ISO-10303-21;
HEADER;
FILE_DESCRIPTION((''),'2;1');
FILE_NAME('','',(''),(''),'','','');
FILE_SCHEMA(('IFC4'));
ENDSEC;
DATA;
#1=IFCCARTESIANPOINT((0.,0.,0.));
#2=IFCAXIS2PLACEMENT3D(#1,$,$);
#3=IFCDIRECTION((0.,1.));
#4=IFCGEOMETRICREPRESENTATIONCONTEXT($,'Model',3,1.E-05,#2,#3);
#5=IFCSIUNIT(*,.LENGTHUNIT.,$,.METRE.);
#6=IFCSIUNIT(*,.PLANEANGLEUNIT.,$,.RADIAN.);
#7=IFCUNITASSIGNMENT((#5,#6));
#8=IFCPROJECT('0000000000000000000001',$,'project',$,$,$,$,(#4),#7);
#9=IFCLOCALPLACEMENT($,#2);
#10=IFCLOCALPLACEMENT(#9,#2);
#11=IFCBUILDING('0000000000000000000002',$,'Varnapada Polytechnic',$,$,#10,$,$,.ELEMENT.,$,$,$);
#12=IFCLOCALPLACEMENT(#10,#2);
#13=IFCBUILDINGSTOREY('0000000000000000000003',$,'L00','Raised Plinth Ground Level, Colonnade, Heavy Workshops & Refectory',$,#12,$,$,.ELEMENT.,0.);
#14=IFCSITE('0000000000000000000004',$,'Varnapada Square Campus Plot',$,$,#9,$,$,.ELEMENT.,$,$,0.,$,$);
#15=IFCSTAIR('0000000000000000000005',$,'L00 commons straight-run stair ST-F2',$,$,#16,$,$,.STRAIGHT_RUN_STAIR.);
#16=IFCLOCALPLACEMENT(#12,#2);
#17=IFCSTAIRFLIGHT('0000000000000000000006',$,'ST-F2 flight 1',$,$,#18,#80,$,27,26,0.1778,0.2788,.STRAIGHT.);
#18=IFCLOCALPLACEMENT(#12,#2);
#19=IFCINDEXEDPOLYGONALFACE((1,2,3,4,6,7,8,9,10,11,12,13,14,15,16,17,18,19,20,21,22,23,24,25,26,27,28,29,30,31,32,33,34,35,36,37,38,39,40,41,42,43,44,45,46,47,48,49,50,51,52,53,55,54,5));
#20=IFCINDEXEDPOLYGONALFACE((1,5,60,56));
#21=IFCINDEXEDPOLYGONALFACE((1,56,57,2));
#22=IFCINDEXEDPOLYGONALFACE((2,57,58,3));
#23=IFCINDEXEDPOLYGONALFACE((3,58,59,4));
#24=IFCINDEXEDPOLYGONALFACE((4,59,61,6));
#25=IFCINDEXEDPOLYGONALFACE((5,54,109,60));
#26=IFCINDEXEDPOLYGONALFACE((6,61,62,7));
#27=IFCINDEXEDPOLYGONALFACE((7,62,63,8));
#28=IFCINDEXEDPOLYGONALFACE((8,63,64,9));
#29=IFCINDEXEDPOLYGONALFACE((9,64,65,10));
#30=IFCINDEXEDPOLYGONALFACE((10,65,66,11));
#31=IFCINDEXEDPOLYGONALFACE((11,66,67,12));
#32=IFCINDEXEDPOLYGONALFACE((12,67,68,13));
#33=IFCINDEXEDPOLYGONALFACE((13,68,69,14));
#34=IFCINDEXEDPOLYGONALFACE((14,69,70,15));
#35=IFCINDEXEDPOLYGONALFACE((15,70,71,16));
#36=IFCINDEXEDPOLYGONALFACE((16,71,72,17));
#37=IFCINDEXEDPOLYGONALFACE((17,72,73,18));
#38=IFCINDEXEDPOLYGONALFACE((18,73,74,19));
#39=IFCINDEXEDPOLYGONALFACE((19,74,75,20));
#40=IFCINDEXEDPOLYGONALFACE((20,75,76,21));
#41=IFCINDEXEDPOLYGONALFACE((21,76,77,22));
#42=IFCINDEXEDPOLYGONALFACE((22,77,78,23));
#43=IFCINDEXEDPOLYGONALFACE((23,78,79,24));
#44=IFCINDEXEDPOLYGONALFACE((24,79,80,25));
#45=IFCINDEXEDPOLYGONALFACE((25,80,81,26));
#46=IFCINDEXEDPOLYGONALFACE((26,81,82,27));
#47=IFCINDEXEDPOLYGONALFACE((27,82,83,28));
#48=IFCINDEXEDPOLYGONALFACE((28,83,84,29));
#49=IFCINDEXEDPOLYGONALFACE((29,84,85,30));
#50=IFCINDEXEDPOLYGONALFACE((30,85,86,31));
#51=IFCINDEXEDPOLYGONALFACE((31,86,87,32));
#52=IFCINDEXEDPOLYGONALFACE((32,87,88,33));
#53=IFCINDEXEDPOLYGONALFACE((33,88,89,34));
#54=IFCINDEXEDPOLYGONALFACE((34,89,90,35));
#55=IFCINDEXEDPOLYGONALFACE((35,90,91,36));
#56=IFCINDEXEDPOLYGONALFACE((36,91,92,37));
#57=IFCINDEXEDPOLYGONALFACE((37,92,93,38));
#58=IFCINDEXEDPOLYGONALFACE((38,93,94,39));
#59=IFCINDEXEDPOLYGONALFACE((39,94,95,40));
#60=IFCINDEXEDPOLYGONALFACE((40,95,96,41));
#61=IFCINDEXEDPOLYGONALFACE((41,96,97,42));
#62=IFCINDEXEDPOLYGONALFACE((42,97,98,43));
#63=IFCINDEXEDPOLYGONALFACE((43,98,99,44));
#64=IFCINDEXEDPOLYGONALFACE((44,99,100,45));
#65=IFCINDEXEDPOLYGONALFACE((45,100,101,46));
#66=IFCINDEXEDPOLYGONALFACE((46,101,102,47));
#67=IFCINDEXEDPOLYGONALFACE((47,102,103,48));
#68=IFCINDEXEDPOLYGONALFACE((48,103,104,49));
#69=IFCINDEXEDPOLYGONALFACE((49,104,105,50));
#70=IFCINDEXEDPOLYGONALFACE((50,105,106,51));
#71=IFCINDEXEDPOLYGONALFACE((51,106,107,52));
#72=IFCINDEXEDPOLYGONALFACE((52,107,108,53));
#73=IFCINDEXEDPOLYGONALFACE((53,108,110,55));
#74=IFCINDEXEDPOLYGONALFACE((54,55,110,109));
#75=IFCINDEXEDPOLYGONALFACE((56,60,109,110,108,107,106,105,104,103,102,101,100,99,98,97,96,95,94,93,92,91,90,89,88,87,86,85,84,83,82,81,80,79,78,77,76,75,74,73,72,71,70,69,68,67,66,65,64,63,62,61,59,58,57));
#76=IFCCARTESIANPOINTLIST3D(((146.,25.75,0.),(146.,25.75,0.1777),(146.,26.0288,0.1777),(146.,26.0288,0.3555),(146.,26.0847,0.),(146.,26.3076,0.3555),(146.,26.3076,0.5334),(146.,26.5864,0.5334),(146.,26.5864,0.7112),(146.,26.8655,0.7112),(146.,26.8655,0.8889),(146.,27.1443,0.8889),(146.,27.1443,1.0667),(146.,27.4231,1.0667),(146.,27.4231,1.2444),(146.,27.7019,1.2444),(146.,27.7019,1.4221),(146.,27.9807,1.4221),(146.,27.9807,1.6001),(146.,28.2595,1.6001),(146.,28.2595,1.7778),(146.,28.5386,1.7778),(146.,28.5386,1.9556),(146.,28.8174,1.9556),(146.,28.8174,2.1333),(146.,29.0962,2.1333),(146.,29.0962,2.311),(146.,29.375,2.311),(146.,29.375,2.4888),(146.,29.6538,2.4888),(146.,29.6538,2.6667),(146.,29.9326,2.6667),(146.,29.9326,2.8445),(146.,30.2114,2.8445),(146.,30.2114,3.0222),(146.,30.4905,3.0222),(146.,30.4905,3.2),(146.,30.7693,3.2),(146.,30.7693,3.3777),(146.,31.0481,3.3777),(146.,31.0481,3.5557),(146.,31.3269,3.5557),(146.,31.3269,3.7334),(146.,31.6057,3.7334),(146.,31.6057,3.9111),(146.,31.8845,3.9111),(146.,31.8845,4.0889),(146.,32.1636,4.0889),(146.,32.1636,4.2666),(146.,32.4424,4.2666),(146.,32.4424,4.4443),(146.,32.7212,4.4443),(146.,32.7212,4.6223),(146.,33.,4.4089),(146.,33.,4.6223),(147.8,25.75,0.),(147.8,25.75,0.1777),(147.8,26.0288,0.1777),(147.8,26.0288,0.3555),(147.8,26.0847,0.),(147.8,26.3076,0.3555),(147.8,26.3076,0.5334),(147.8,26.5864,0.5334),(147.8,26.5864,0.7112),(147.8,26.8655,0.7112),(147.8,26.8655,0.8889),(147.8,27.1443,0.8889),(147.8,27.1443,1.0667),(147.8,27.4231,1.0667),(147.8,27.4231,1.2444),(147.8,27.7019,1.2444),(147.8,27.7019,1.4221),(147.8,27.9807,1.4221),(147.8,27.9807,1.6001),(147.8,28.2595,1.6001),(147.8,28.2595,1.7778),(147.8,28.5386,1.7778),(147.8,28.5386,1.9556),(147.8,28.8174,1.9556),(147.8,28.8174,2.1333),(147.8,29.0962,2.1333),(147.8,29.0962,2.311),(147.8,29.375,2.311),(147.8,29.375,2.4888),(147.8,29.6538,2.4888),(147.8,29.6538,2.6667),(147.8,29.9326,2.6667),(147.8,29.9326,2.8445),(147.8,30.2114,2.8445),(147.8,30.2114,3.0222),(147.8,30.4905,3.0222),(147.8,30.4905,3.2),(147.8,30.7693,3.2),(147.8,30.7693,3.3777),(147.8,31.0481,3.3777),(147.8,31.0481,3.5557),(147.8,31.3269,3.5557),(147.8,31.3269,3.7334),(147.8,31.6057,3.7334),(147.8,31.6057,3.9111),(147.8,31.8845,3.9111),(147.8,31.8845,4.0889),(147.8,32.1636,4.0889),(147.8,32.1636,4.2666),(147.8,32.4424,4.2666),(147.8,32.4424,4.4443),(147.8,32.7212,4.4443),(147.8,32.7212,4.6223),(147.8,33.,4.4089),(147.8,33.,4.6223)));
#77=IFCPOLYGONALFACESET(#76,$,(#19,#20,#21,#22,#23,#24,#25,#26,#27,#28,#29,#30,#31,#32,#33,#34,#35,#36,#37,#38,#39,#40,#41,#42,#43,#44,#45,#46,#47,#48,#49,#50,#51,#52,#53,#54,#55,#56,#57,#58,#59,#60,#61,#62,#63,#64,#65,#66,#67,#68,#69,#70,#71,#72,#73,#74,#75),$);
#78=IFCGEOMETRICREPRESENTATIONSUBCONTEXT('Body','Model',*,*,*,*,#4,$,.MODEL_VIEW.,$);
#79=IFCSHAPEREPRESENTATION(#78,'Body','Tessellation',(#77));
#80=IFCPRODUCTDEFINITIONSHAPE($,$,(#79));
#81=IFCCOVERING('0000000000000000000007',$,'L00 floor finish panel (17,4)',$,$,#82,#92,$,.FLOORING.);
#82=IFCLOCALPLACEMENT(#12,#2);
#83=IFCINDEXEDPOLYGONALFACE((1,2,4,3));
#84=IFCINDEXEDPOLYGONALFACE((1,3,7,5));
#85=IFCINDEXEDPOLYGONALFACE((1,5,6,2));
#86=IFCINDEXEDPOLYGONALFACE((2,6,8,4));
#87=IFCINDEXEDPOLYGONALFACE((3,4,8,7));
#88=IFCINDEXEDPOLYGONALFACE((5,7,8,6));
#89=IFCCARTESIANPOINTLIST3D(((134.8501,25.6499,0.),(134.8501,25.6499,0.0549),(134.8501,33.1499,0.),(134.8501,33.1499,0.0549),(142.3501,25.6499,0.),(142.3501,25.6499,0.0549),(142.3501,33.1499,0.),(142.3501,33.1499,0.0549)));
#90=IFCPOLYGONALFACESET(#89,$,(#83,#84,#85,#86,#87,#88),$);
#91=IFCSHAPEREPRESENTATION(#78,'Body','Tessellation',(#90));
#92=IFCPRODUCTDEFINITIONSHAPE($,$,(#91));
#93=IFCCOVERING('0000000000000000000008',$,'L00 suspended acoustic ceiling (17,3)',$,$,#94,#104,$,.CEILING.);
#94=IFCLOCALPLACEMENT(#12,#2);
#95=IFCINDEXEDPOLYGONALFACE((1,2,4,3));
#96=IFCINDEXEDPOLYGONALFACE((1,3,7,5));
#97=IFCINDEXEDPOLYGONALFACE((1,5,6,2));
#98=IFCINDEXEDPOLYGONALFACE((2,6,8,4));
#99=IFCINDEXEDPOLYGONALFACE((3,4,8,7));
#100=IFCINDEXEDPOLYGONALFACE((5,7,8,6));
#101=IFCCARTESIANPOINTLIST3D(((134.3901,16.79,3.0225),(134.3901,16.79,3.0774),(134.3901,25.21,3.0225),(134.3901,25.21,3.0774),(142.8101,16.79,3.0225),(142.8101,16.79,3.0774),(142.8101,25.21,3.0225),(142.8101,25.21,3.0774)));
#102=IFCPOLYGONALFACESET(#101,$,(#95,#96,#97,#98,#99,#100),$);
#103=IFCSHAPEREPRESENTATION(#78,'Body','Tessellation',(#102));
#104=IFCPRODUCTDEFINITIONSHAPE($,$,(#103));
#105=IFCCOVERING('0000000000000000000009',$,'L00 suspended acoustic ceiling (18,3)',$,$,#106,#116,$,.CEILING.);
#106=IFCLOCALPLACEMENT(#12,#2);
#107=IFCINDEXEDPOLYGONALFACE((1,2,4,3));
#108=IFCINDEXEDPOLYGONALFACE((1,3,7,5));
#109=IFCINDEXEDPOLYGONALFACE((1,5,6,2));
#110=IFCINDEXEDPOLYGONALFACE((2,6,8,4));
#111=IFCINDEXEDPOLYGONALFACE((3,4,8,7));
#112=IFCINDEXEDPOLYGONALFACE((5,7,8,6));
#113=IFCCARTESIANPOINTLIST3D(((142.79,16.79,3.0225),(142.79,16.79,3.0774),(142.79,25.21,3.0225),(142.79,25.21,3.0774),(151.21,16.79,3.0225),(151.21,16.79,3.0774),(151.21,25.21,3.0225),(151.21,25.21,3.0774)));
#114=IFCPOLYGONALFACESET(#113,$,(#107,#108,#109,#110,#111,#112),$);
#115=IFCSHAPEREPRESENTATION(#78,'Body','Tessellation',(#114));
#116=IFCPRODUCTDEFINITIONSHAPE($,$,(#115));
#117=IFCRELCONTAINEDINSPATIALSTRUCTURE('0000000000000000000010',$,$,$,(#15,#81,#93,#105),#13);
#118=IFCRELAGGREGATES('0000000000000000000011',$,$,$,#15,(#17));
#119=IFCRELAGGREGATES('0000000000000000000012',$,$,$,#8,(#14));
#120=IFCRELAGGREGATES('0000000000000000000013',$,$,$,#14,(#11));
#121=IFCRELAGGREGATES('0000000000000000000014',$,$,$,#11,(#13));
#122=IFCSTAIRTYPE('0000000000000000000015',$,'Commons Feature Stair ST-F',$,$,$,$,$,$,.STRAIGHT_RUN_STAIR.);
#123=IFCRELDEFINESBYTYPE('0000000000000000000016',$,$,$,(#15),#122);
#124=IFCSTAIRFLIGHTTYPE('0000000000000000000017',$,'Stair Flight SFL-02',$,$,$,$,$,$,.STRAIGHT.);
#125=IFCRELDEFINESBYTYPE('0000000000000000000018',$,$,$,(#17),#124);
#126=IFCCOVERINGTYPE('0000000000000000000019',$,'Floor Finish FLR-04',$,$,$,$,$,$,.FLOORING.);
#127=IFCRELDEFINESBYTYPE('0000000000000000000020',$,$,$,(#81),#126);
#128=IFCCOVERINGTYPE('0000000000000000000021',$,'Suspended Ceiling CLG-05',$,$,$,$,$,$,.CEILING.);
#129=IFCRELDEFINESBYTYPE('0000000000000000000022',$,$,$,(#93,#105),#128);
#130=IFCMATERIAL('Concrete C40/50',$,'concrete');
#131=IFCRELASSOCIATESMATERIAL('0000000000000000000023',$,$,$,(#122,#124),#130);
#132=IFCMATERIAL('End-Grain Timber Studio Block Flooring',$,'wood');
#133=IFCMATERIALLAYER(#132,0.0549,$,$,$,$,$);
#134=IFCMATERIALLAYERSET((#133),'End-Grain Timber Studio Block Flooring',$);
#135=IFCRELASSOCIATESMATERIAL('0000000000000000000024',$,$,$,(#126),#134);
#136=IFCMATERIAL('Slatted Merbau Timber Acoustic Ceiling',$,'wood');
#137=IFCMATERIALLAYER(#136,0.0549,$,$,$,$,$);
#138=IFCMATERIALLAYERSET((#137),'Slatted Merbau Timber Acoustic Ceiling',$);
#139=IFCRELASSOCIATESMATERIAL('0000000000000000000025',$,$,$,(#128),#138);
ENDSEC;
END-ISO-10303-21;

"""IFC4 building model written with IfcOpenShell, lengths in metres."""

from ifc_helpers import new_model, si_unit, direction, frame, origin, origin_2d, place, context, subcontext, project, spatial, polyline, rectangle, outline, extrude, material, layer, layer_set, type_object, element, aggregate, save


model = new_model("IFC4")

# Units and contexts
model_context = context("Model", 3, precision=1e-05, world=origin(), true_north=direction((0.0, 1.0)))
body_context = subcontext(model_context, "Body", "Model", "MODEL_VIEW")
ifc_project = project(units=[si_unit("LENGTHUNIT", "METRE"), si_unit("PLANEANGLEUNIT", "RADIAN")], contexts=[model_context])

# Site, building, storey
site_placement = place(None, origin())
site = spatial("IfcSite", under=ifc_project, at=site_placement, Name="Varnapada Square Campus Plot", CompositionType="ELEMENT", RefElevation=0.0)
building_placement = place(site_placement, origin())
building = spatial("IfcBuilding", under=site, at=building_placement, Name="Varnapada Polytechnic", CompositionType="ELEMENT")
storey_placement = place(building_placement, origin())
storey = spatial("IfcBuildingStorey", under=building, at=storey_placement, Name="L00", Description="Raised Plinth Ground Level, Colonnade, Heavy Workshops & Refectory", CompositionType="ELEMENT", Elevation=0.0)

# Shared definitions
ifc_material_1 = material(Name="Concrete C40/50", Category="concrete")

# Stair, stair flight
stair_type = type_object("IfcStairType", Name="Commons Feature Stair ST-F", PredefinedType="STRAIGHT_RUN_STAIR", material=ifc_material_1)
stair_placement = place(storey_placement, origin())
stair = element("IfcStair", 1, at=stair_placement, inside=storey, type_object=stair_type, Name="L00 commons straight-run stair ST-F2", PredefinedType="STRAIGHT_RUN_STAIR")
stair_flight_type = type_object("IfcStairFlightType", Name="Stair Flight SFL-02", PredefinedType="STRAIGHT", material=ifc_material_1)
stair_flight_placement = place(storey_placement, frame((146.8999, 25.75, 0.0), z_axis=(0.0, 0.0, 1.0), x_axis=(0.0, 1.0, 0.0)))
stair_flight = element("IfcStairFlight", 2, at=stair_flight_placement, type_object=stair_flight_type, Name="ST-F2 flight 1", NumberOfRisers=27, NumberOfTreads=26, PredefinedType="STRAIGHT", RiserHeight=0.1778, TreadLength=0.2788, context=body_context, shape_type="SweptSolid", body=[
    extrude(outline(polyline([(0.0, 0.0), (0.0, 0.1777), (0.2788, 0.1777), (0.2788, 0.3555), (0.5576, 0.3555), (0.5576, 0.5334), (0.8364, 0.5334), (0.8364, 0.7112), (1.1155, 0.7112), (1.1155, 0.8889), (1.3943, 0.8889), (1.3943, 1.0667), (1.6731, 1.0667), (1.6731, 1.2444), (1.9519, 1.2444), (1.9519, 1.4221), (2.2307, 1.4221), (2.2307, 1.6001), (2.5095, 1.6001), (2.5095, 1.7778), (2.7886, 1.7778), (2.7886, 1.9556), (3.0674, 1.9556), (3.0674, 2.1333), (3.3462, 2.1333), (3.3462, 2.311), (3.625, 2.311), (3.625, 2.4888), (3.9038, 2.4888), (3.9038, 2.6667), (4.1826, 2.6667), (4.1826, 2.8445), (4.4614, 2.8445), (4.4614, 3.0222), (4.7405, 3.0222), (4.7405, 3.2), (5.0193, 3.2), (5.0193, 3.3777), (5.2981, 3.3777), (5.2981, 3.5557), (5.5769, 3.5557), (5.5769, 3.7334), (5.8557, 3.7334), (5.8557, 3.9111), (6.1345, 3.9111), (6.1345, 4.0889), (6.4136, 4.0889), (6.4136, 4.2666), (6.6924, 4.2666), (6.6924, 4.4443), (6.9712, 4.4443), (6.9712, 4.6223), (7.25, 4.6223), (7.25, 4.8), (7.25, 4.4089), (0.3347, 0.0), (0.0, 0.0)])), frame((0.0, 0.8999, 0.0), z_axis=(0.0, -1.0, 0.0), x_axis=(1.0, 0.0, 0.0)), (0.0, 0.0, 1.0), 1.8),
])
aggregate(stair, [stair_flight])

# Covering
ifc_material_2 = material(Name="End-Grain Timber Studio Block Flooring", Category="wood")
ifc_layer_1 = layer(ifc_material_2, 0.0549)
ifc_layer_set_1 = layer_set([ifc_layer_1], Name="End-Grain Timber Studio Block Flooring")
covering_type_1 = type_object("IfcCoveringType", Name="Floor Finish FLR-04", PredefinedType="FLOORING", material=ifc_layer_set_1)
covering_placement = place(storey_placement, frame((138.6001, 29.3999, 0.0), z_axis=(0.0, 0.0, 1.0), x_axis=(1.0, 0.0, 0.0)))
element("IfcCovering", 3, at=covering_placement, inside=storey, type_object=covering_type_1, Name="L00 floor finish panel (17,4)", PredefinedType="FLOORING", context=body_context, shape_type="SweptSolid", body=[
    extrude(rectangle(XDim=7.5, YDim=7.5, at=origin_2d()), origin(), (0.0, 0.0, 1.0), 0.0549),
])

# Coverings
ifc_material_3 = material(Name="Slatted Merbau Timber Acoustic Ceiling", Category="wood")
ifc_layer_2 = layer(ifc_material_3, 0.0549)
ifc_layer_set_2 = layer_set([ifc_layer_2], Name="Slatted Merbau Timber Acoustic Ceiling")
covering_type_2 = type_object("IfcCoveringType", Name="Suspended Ceiling CLG-05", PredefinedType="CEILING", material=ifc_layer_set_2)
for number, where, z_axis, x_axis, name in (
    (4, (138.6001, 21.0, 3.0225), (0.0, 0.0, 1.0), (1.0, 0.0, 0.0), "L00 suspended acoustic ceiling (17,3)"),
    (5, (147.0, 21.0, 3.0225), (0.0, 0.0, 1.0), (1.0, 0.0, 0.0), "L00 suspended acoustic ceiling (18,3)"),
):
    element("IfcCovering", number, at=place(storey_placement, frame(where, z_axis=z_axis, x_axis=x_axis)), inside=storey, type_object=covering_type_2, Name=name, PredefinedType="CEILING", context=body_context, shape_type="SweptSolid", body=[
        extrude(rectangle(XDim=8.4199, YDim=8.4199, at=origin_2d()), origin(), (0.0, 0.0, 1.0), 0.0549),
    ])

save(model, "model.ifc")
